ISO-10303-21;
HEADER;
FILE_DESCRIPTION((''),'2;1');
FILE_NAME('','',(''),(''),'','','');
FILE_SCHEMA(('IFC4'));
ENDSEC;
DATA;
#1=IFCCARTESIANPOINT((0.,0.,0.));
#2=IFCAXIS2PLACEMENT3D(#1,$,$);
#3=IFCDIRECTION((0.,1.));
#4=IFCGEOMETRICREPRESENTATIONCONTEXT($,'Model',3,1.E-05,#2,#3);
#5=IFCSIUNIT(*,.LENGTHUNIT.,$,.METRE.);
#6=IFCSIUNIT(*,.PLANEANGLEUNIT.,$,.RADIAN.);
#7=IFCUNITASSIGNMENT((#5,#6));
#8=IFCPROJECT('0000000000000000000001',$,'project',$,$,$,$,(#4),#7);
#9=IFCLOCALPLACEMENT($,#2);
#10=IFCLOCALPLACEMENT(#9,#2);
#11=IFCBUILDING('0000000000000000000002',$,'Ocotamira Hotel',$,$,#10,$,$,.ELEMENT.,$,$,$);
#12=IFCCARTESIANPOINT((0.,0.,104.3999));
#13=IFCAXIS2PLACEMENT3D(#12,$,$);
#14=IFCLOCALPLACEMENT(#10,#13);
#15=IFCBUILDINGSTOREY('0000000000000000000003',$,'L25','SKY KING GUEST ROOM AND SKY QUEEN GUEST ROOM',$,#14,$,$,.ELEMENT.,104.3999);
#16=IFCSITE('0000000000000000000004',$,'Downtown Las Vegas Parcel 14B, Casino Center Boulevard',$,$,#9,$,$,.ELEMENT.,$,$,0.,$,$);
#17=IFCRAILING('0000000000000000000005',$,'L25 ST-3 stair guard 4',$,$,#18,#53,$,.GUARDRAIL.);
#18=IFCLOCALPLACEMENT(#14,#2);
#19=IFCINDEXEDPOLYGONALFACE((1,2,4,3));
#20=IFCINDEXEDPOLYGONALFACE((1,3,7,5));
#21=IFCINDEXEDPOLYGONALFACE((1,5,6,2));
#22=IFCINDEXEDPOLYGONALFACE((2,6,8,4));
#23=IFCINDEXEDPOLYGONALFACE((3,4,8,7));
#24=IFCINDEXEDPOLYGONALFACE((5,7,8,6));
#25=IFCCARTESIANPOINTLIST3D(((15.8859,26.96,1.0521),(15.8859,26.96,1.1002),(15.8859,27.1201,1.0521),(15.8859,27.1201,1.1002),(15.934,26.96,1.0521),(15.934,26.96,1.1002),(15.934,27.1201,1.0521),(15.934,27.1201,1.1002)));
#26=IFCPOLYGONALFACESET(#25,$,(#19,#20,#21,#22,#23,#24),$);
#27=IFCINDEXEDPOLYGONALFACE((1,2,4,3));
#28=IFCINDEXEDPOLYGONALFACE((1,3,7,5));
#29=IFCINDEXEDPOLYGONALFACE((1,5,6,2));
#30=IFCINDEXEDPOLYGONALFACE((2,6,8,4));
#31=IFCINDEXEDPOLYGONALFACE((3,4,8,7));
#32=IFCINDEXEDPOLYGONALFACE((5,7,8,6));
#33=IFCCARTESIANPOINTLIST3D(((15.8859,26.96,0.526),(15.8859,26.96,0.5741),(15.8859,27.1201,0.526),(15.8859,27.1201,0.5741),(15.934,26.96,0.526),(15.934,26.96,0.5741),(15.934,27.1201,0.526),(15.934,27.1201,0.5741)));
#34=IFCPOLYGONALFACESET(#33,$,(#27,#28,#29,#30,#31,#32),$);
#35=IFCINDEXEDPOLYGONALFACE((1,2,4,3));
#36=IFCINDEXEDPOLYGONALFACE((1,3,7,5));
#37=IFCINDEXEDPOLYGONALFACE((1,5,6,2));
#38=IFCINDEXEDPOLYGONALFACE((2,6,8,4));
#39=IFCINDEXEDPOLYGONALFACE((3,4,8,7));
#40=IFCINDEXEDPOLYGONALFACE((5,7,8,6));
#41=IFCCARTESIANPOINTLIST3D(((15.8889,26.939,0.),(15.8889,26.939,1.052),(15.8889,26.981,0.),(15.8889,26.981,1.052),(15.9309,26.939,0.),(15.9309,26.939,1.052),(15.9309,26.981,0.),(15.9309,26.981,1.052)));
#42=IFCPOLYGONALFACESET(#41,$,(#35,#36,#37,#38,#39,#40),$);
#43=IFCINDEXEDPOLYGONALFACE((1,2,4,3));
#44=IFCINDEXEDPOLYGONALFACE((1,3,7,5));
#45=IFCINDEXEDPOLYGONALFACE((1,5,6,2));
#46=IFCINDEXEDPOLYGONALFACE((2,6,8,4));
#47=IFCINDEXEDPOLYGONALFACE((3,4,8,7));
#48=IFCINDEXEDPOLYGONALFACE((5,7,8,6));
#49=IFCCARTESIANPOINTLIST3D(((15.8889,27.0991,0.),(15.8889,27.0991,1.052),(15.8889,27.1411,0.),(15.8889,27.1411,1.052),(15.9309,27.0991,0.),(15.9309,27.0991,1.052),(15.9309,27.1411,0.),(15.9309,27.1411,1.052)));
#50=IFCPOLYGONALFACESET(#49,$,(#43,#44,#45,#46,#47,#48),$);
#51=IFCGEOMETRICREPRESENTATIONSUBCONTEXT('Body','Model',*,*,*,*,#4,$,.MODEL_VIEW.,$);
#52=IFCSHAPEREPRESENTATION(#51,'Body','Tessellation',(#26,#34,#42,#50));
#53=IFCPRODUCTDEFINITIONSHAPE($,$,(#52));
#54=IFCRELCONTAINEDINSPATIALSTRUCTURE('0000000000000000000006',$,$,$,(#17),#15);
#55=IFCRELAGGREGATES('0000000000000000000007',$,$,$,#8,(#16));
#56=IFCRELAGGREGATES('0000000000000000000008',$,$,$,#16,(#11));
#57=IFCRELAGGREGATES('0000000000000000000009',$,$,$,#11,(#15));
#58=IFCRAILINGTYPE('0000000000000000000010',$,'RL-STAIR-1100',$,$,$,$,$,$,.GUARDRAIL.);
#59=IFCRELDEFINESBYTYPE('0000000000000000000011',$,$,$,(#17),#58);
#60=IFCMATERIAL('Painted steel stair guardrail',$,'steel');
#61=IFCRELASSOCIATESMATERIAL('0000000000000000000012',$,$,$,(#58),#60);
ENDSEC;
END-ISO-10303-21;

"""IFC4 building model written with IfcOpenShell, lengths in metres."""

from ifc_helpers import new_model, si_unit, direction, frame, origin, origin_2d, place, context, subcontext, project, spatial, rectangle, extrude, material, type_object, element, save


model = new_model("IFC4")

# Units and contexts
model_context = context("Model", 3, precision=1e-05, world=origin(), true_north=direction((0.0, 1.0)))
body_context = subcontext(model_context, "Body", "Model", "MODEL_VIEW")
ifc_project = project(units=[si_unit("LENGTHUNIT", "METRE"), si_unit("PLANEANGLEUNIT", "RADIAN")], contexts=[model_context])

# Site, building, storey
site_placement = place(None, origin())
site = spatial("IfcSite", under=ifc_project, at=site_placement, Name="Downtown Las Vegas Parcel 14B, Casino Center Boulevard", CompositionType="ELEMENT", RefElevation=0.0)
building_placement = place(site_placement, origin())
building = spatial("IfcBuilding", under=site, at=building_placement, Name="Ocotamira Hotel", CompositionType="ELEMENT")
storey_placement = place(building_placement, frame((0.0, 0.0, 104.3999)))
storey = spatial("IfcBuildingStorey", under=building, at=storey_placement, Name="L25", Description="SKY KING GUEST ROOM AND SKY QUEEN GUEST ROOM", CompositionType="ELEMENT", Elevation=104.3999)

# Railing
ifc_material_1 = material(Name="Painted steel stair guardrail", Category="steel")
railing_type_1 = type_object("IfcRailingType", Name="RL-STAIR-1100", PredefinedType="GUARDRAIL", material=ifc_material_1)
railing_1_placement = place(storey_placement, frame((15.9099, 26.96, 0.0)))
element("IfcRailing", 1, at=railing_1_placement, inside=storey, type_object=railing_type_1, Name="L25 ST-3 stair guard 4", PredefinedType="GUARDRAIL", context=body_context, shape_type="SweptSolid", body=[
    extrude(rectangle(XDim=0.0481, YDim=0.0481, at=origin_2d()), frame((0.0, 0.0, 1.0762), z_axis=(0.0, 1.0, 0.0), x_axis=(-1.0, 0.0, 0.0)), (0.0, 0.0, 1.0), 0.1602),
    extrude(rectangle(XDim=0.0481, YDim=0.0481, at=origin_2d()), frame((0.0, 0.0, 0.55), z_axis=(0.0, 1.0, 0.0), x_axis=(-1.0, 0.0, 0.0)), (0.0, 0.0, 1.0), 0.1602),
    extrude(rectangle(XDim=0.042, YDim=0.042, at=origin_2d()), origin(), (0.0, 0.0, 1.0), 1.052),
    extrude(rectangle(XDim=0.042, YDim=0.042, at=origin_2d()), frame((0.0, 0.1602, 0.0)), (0.0, 0.0, 1.0), 1.052),
])

save(model, "model.ifc")
